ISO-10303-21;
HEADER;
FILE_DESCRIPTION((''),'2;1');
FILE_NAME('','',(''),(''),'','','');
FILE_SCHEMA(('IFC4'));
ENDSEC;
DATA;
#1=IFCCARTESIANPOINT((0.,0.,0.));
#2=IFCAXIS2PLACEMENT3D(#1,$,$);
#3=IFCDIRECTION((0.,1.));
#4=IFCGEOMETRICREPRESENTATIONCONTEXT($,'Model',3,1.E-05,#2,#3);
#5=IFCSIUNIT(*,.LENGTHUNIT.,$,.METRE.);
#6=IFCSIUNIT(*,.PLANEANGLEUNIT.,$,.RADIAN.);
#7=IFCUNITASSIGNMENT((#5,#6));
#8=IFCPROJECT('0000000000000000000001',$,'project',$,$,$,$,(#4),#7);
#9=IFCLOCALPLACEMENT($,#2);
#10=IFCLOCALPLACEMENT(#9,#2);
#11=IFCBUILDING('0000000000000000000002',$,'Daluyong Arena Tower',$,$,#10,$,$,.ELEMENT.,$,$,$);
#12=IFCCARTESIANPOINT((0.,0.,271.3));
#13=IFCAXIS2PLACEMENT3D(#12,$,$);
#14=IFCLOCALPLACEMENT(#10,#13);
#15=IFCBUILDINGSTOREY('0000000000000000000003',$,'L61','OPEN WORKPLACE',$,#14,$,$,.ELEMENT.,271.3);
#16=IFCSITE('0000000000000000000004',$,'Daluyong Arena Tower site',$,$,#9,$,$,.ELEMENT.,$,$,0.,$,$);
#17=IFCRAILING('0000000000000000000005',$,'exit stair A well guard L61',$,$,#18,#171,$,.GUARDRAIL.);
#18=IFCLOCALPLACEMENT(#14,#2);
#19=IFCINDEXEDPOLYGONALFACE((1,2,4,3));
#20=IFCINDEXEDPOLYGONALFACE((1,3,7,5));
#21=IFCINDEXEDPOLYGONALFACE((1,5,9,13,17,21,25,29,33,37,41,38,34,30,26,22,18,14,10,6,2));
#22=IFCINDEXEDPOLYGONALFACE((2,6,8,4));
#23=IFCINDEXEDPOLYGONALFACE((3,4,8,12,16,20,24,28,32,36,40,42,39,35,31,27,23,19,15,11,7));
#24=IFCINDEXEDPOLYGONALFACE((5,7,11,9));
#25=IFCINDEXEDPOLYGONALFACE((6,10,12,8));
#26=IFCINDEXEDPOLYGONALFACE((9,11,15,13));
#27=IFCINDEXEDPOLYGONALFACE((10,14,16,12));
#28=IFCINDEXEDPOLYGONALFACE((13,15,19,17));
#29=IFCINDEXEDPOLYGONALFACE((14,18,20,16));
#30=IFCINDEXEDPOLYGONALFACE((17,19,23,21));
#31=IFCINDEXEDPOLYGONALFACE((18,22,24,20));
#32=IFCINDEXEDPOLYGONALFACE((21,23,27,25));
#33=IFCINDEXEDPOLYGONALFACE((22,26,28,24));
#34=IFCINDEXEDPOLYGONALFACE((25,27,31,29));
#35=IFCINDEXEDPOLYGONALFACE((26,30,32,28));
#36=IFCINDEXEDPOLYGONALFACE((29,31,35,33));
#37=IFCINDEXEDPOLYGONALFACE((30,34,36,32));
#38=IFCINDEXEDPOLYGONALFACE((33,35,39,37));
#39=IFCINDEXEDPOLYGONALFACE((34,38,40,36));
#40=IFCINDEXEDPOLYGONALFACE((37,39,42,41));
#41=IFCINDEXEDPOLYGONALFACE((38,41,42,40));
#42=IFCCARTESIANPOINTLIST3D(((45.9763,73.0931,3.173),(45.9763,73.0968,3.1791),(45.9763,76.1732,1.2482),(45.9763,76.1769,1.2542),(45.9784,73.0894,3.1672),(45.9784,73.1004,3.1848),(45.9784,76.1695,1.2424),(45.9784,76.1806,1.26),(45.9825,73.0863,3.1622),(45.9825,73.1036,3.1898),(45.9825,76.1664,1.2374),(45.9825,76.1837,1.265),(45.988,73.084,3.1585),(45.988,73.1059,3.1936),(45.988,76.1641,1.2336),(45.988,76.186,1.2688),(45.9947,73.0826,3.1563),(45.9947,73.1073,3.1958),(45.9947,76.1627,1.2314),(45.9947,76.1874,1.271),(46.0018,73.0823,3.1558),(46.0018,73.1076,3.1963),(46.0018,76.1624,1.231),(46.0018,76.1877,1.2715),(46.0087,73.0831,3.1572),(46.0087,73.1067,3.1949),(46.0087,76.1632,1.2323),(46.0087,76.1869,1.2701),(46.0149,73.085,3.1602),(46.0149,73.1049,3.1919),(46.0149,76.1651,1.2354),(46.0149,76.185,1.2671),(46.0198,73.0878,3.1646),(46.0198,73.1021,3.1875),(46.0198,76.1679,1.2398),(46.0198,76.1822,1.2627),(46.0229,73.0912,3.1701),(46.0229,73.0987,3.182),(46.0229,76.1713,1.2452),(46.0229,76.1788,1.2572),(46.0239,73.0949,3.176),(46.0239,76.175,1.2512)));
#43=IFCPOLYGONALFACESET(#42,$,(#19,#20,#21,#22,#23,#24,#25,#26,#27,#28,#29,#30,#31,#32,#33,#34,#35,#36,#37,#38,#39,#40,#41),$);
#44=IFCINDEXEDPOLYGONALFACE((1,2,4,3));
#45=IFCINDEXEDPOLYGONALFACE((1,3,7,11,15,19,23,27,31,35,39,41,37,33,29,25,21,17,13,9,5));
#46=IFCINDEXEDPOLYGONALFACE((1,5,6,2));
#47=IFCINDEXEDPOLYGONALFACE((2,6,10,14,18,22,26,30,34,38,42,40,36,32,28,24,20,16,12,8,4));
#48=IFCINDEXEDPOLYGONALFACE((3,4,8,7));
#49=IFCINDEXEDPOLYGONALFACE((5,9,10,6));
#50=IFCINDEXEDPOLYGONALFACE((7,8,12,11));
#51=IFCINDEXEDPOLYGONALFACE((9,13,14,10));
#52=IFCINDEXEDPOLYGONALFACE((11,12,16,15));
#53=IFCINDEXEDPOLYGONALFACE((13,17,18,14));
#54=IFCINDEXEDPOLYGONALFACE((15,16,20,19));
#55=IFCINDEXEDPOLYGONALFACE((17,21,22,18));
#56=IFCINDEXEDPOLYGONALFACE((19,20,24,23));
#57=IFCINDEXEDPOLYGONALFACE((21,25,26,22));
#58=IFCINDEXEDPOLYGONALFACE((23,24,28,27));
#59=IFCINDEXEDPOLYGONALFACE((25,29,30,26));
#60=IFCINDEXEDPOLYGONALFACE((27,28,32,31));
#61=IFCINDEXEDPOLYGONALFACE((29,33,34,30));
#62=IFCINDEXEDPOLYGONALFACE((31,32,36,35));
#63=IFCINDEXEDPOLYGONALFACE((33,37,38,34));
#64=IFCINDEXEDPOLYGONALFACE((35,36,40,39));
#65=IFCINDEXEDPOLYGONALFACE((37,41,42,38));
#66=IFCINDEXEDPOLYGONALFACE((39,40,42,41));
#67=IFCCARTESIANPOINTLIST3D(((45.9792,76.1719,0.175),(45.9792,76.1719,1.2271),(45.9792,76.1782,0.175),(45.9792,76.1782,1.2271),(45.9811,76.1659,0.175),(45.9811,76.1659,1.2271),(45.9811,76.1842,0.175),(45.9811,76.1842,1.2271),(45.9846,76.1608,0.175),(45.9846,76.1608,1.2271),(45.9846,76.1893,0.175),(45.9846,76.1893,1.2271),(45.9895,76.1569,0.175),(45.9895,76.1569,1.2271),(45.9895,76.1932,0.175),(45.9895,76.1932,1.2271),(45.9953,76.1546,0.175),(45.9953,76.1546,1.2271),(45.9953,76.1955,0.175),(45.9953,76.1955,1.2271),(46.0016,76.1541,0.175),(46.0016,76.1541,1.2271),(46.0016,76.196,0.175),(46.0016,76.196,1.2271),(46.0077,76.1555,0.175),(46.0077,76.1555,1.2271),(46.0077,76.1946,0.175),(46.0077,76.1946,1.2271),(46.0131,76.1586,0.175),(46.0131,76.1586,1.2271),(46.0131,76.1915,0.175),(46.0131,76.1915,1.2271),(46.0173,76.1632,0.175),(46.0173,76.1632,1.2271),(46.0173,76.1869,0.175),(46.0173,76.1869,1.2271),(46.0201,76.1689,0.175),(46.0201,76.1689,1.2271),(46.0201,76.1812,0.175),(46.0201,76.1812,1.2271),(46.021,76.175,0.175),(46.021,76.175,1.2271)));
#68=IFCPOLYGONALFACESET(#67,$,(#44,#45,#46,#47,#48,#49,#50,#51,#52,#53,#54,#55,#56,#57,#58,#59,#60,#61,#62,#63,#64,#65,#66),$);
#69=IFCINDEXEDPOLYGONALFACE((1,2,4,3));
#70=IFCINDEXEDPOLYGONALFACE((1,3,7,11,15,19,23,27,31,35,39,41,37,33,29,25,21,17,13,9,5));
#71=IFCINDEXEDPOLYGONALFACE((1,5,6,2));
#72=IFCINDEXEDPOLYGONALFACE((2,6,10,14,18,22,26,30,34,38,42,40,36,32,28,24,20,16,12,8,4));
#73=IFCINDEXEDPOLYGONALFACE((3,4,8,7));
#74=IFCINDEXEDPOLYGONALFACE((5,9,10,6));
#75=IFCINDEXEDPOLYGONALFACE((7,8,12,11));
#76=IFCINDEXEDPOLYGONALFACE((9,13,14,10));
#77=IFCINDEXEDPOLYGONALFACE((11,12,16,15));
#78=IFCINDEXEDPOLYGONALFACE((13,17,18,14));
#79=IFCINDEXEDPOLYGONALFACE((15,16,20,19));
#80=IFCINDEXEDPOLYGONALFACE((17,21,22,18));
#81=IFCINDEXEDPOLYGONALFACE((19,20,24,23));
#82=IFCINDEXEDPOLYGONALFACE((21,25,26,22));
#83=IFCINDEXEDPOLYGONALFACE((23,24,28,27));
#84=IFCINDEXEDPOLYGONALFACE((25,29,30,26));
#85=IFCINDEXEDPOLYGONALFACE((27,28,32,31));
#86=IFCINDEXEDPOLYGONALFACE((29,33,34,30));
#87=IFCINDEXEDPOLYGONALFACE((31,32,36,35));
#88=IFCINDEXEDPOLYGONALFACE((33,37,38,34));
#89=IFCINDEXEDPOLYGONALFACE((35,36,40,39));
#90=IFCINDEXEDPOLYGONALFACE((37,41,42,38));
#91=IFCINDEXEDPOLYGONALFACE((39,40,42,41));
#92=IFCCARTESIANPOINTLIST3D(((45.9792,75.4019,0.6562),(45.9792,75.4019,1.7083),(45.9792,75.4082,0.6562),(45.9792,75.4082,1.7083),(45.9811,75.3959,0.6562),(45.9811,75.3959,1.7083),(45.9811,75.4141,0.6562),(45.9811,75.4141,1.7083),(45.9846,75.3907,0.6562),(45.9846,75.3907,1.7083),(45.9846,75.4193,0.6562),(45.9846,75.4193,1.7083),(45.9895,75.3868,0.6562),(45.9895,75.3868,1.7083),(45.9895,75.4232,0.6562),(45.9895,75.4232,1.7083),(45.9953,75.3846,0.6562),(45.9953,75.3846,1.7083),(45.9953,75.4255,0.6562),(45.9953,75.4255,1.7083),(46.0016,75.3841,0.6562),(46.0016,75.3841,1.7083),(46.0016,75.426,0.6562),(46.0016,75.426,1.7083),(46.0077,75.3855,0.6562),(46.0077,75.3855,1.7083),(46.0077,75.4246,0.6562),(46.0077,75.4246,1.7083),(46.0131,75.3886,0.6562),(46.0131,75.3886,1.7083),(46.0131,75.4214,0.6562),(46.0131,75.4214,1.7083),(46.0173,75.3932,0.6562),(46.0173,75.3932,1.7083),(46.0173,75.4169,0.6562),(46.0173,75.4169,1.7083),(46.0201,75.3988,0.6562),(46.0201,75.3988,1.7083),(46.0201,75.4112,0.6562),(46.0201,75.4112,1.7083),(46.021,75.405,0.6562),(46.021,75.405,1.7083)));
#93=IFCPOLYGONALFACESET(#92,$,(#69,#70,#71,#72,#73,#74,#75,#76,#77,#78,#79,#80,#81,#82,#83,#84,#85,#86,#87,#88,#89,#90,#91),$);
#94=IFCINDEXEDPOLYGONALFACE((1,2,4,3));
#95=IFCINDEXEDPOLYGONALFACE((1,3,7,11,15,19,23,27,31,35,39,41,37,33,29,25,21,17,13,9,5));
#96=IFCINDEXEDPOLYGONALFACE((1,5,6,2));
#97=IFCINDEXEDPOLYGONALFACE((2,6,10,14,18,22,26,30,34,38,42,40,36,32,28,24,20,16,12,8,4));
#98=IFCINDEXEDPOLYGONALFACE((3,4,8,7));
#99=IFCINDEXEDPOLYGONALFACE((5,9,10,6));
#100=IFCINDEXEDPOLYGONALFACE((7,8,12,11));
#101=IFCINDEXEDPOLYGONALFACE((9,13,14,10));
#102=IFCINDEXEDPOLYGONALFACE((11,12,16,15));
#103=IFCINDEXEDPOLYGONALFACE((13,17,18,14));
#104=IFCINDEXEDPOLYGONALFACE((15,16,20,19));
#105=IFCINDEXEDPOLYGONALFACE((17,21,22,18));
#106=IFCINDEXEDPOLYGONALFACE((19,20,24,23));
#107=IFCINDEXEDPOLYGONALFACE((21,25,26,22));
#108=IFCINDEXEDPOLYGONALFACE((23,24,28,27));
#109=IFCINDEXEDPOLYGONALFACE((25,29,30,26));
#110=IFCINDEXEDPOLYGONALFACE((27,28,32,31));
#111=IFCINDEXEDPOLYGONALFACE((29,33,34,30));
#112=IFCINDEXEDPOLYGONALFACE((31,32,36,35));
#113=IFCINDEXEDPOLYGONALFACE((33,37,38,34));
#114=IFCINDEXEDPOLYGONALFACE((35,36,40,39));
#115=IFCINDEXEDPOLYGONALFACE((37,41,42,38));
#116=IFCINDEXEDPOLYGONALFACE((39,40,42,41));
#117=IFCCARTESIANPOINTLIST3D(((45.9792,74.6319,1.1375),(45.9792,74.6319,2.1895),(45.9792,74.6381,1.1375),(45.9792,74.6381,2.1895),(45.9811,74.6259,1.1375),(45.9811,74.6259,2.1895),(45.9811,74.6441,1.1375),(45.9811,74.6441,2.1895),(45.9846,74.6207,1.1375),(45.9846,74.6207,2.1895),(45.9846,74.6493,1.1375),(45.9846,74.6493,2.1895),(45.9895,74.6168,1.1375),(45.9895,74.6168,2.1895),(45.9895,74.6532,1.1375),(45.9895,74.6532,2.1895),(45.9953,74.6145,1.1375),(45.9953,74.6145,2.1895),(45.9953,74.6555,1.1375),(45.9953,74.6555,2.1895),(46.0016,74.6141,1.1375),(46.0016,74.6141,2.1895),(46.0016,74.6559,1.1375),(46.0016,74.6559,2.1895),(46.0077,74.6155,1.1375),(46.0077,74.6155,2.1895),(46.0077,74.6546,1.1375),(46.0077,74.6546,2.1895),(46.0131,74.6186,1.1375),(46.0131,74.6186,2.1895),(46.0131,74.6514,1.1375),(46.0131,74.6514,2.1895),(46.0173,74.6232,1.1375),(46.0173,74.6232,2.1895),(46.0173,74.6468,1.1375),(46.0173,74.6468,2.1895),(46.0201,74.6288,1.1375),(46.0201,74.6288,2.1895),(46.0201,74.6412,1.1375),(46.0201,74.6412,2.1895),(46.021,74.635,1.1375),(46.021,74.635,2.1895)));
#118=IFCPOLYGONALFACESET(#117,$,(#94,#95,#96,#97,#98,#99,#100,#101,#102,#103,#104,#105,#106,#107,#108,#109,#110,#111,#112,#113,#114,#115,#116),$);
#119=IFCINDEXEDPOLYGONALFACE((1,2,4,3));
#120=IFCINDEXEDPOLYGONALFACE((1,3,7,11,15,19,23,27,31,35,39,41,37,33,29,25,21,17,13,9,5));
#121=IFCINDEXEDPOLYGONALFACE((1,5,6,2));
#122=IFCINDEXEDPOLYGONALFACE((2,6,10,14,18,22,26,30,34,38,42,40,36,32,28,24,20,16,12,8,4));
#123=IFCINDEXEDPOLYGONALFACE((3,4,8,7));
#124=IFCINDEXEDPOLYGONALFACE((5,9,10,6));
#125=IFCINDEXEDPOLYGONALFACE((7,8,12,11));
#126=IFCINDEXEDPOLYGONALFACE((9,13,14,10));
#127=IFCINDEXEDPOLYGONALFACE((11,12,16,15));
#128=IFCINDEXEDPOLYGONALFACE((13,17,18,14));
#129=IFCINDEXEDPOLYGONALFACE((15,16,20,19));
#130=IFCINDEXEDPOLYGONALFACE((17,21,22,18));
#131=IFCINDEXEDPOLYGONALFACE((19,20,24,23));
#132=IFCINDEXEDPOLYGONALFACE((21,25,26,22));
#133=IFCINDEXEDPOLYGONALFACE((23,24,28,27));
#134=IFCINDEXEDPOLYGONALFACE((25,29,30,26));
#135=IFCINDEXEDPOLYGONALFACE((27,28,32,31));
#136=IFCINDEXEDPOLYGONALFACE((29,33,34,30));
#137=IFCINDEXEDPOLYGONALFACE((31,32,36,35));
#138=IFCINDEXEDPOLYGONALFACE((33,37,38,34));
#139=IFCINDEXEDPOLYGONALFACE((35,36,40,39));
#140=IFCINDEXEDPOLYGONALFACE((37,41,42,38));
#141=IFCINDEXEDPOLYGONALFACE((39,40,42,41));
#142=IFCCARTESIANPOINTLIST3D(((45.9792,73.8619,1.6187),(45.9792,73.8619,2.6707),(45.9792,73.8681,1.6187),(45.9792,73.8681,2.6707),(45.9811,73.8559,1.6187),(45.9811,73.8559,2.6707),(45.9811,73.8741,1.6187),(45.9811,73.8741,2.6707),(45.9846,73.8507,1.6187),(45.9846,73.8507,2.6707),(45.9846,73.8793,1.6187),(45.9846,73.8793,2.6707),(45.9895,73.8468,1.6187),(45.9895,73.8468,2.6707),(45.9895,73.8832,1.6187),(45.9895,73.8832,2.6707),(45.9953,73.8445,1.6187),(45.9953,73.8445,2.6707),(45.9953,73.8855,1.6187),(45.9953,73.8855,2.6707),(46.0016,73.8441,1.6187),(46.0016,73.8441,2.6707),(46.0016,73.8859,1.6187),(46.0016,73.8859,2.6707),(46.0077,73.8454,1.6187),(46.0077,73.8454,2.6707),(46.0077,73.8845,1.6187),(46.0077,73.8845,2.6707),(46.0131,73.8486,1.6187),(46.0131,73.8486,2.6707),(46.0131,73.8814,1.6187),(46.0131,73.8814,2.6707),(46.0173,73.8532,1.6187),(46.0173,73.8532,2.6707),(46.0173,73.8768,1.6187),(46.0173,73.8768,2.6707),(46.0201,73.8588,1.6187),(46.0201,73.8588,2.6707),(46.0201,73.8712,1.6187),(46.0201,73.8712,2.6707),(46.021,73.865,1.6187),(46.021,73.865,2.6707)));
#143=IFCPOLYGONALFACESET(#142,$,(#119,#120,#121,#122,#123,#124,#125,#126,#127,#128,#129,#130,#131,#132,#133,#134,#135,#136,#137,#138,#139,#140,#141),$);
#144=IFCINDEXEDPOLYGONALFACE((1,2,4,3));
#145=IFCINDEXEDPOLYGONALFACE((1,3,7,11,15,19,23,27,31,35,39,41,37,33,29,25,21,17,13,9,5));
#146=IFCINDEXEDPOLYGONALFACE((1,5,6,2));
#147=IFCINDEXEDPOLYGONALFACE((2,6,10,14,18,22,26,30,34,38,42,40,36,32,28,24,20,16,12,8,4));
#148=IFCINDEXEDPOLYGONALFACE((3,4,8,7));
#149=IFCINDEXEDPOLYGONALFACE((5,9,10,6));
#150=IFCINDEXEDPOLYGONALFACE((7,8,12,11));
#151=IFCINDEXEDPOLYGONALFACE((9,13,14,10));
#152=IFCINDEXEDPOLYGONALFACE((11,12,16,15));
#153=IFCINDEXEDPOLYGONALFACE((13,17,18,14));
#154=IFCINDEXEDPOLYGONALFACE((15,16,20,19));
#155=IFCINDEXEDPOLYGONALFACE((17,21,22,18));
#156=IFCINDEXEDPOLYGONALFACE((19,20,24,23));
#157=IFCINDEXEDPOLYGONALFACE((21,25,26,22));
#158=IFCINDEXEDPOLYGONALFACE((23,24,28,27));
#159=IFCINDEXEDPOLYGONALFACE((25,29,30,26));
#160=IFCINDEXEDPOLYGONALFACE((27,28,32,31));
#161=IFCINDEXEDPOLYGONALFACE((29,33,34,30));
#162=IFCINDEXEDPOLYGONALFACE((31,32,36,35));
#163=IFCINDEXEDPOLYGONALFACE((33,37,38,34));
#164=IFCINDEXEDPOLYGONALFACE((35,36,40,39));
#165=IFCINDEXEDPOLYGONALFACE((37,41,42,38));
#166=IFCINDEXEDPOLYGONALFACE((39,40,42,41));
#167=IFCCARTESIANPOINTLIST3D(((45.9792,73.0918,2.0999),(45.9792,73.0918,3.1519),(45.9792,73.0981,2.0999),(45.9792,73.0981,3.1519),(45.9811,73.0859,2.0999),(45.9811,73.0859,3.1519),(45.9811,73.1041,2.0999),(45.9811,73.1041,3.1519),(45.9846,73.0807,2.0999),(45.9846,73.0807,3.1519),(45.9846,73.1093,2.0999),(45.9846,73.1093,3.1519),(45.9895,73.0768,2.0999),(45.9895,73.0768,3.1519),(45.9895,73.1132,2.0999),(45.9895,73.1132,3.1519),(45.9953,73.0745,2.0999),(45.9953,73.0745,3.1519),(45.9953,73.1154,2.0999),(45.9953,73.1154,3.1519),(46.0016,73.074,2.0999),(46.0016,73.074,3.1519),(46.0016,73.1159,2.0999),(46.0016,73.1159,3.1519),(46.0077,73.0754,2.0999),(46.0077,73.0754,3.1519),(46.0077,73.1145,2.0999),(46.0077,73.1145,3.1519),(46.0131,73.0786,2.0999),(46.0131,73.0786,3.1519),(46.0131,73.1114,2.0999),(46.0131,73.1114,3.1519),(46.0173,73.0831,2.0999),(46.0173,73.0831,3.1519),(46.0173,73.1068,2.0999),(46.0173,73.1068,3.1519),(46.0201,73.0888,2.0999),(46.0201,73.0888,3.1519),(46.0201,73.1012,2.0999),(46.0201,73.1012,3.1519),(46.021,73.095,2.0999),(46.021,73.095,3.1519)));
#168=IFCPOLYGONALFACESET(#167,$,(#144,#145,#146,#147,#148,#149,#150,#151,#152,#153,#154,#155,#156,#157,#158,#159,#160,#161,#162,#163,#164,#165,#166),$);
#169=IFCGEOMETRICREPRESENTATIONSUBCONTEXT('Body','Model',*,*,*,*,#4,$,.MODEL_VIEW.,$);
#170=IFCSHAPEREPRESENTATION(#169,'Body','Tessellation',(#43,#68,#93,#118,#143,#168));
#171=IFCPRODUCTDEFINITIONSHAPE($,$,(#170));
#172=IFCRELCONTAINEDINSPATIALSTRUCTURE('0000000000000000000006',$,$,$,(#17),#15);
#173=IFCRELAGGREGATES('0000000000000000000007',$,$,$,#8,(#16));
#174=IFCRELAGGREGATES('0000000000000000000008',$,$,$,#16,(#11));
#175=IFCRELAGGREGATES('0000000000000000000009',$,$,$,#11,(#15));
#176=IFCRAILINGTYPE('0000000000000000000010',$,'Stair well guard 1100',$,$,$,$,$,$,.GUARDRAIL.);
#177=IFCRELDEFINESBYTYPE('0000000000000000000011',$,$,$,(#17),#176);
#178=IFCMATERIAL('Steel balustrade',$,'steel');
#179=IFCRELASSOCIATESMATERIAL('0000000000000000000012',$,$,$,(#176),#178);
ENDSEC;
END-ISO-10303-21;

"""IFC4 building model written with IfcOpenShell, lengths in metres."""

from ifc_helpers import new_model, si_unit, direction, frame, origin, origin_2d, place, context, subcontext, project, spatial, circle, extrude, material, type_object, element, save


model = new_model("IFC4")

# Units and contexts
model_context = context("Model", 3, precision=1e-05, world=origin(), true_north=direction((0.0, 1.0)))
body_context = subcontext(model_context, "Body", "Model", "MODEL_VIEW")
ifc_project = project(units=[si_unit("LENGTHUNIT", "METRE"), si_unit("PLANEANGLEUNIT", "RADIAN")], contexts=[model_context])

# Site, building, storey
site_placement = place(None, origin())
site = spatial("IfcSite", under=ifc_project, at=site_placement, Name="Daluyong Arena Tower site", CompositionType="ELEMENT", RefElevation=0.0)
building_placement = place(site_placement, origin())
building = spatial("IfcBuilding", under=site, at=building_placement, Name="Daluyong Arena Tower", CompositionType="ELEMENT")
storey_placement = place(building_placement, frame((0.0, 0.0, 271.3)))
storey = spatial("IfcBuildingStorey", under=building, at=storey_placement, Name="L61", Description="OPEN WORKPLACE", CompositionType="ELEMENT", Elevation=271.3)

# Railing
ifc_material_1 = material(Name="Steel balustrade", Category="steel")
railing_type_1 = type_object("IfcRailingType", Name="Stair well guard 1100", PredefinedType="GUARDRAIL", material=ifc_material_1)
railing_1_placement = place(storey_placement, frame((46.0, 76.175, 0.175)))
element("IfcRailing", 1, at=railing_1_placement, inside=storey, type_object=railing_type_1, Name="exit stair A well guard L61", PredefinedType="GUARDRAIL", context=body_context, shape_type="SweptSolid", body=[
    extrude(circle(Radius=0.0239, at=origin_2d()), frame((0.0, 0.0, 1.0762), z_axis=(0.0, -0.848029, 0.529951), x_axis=(1.0, 0.0, 0.0)), (0.0, 0.0, 1.0), 3.6321),
    extrude(circle(Radius=0.021, at=origin_2d()), origin(), (0.0, 0.0, 1.0), 1.052),
    extrude(circle(Radius=0.021, at=origin_2d()), frame((0.0, -0.77, 0.4812)), (0.0, 0.0, 1.0), 1.052),
    extrude(circle(Radius=0.021, at=origin_2d()), frame((0.0, -1.54, 0.9624)), (0.0, 0.0, 1.0), 1.052),
    extrude(circle(Radius=0.021, at=origin_2d()), frame((0.0, -2.3101, 1.4436)), (0.0, 0.0, 1.0), 1.052),
    extrude(circle(Radius=0.021, at=origin_2d()), frame((0.0, -3.0801, 1.9248)), (0.0, 0.0, 1.0), 1.052),
])

save(model, "model.ifc")
